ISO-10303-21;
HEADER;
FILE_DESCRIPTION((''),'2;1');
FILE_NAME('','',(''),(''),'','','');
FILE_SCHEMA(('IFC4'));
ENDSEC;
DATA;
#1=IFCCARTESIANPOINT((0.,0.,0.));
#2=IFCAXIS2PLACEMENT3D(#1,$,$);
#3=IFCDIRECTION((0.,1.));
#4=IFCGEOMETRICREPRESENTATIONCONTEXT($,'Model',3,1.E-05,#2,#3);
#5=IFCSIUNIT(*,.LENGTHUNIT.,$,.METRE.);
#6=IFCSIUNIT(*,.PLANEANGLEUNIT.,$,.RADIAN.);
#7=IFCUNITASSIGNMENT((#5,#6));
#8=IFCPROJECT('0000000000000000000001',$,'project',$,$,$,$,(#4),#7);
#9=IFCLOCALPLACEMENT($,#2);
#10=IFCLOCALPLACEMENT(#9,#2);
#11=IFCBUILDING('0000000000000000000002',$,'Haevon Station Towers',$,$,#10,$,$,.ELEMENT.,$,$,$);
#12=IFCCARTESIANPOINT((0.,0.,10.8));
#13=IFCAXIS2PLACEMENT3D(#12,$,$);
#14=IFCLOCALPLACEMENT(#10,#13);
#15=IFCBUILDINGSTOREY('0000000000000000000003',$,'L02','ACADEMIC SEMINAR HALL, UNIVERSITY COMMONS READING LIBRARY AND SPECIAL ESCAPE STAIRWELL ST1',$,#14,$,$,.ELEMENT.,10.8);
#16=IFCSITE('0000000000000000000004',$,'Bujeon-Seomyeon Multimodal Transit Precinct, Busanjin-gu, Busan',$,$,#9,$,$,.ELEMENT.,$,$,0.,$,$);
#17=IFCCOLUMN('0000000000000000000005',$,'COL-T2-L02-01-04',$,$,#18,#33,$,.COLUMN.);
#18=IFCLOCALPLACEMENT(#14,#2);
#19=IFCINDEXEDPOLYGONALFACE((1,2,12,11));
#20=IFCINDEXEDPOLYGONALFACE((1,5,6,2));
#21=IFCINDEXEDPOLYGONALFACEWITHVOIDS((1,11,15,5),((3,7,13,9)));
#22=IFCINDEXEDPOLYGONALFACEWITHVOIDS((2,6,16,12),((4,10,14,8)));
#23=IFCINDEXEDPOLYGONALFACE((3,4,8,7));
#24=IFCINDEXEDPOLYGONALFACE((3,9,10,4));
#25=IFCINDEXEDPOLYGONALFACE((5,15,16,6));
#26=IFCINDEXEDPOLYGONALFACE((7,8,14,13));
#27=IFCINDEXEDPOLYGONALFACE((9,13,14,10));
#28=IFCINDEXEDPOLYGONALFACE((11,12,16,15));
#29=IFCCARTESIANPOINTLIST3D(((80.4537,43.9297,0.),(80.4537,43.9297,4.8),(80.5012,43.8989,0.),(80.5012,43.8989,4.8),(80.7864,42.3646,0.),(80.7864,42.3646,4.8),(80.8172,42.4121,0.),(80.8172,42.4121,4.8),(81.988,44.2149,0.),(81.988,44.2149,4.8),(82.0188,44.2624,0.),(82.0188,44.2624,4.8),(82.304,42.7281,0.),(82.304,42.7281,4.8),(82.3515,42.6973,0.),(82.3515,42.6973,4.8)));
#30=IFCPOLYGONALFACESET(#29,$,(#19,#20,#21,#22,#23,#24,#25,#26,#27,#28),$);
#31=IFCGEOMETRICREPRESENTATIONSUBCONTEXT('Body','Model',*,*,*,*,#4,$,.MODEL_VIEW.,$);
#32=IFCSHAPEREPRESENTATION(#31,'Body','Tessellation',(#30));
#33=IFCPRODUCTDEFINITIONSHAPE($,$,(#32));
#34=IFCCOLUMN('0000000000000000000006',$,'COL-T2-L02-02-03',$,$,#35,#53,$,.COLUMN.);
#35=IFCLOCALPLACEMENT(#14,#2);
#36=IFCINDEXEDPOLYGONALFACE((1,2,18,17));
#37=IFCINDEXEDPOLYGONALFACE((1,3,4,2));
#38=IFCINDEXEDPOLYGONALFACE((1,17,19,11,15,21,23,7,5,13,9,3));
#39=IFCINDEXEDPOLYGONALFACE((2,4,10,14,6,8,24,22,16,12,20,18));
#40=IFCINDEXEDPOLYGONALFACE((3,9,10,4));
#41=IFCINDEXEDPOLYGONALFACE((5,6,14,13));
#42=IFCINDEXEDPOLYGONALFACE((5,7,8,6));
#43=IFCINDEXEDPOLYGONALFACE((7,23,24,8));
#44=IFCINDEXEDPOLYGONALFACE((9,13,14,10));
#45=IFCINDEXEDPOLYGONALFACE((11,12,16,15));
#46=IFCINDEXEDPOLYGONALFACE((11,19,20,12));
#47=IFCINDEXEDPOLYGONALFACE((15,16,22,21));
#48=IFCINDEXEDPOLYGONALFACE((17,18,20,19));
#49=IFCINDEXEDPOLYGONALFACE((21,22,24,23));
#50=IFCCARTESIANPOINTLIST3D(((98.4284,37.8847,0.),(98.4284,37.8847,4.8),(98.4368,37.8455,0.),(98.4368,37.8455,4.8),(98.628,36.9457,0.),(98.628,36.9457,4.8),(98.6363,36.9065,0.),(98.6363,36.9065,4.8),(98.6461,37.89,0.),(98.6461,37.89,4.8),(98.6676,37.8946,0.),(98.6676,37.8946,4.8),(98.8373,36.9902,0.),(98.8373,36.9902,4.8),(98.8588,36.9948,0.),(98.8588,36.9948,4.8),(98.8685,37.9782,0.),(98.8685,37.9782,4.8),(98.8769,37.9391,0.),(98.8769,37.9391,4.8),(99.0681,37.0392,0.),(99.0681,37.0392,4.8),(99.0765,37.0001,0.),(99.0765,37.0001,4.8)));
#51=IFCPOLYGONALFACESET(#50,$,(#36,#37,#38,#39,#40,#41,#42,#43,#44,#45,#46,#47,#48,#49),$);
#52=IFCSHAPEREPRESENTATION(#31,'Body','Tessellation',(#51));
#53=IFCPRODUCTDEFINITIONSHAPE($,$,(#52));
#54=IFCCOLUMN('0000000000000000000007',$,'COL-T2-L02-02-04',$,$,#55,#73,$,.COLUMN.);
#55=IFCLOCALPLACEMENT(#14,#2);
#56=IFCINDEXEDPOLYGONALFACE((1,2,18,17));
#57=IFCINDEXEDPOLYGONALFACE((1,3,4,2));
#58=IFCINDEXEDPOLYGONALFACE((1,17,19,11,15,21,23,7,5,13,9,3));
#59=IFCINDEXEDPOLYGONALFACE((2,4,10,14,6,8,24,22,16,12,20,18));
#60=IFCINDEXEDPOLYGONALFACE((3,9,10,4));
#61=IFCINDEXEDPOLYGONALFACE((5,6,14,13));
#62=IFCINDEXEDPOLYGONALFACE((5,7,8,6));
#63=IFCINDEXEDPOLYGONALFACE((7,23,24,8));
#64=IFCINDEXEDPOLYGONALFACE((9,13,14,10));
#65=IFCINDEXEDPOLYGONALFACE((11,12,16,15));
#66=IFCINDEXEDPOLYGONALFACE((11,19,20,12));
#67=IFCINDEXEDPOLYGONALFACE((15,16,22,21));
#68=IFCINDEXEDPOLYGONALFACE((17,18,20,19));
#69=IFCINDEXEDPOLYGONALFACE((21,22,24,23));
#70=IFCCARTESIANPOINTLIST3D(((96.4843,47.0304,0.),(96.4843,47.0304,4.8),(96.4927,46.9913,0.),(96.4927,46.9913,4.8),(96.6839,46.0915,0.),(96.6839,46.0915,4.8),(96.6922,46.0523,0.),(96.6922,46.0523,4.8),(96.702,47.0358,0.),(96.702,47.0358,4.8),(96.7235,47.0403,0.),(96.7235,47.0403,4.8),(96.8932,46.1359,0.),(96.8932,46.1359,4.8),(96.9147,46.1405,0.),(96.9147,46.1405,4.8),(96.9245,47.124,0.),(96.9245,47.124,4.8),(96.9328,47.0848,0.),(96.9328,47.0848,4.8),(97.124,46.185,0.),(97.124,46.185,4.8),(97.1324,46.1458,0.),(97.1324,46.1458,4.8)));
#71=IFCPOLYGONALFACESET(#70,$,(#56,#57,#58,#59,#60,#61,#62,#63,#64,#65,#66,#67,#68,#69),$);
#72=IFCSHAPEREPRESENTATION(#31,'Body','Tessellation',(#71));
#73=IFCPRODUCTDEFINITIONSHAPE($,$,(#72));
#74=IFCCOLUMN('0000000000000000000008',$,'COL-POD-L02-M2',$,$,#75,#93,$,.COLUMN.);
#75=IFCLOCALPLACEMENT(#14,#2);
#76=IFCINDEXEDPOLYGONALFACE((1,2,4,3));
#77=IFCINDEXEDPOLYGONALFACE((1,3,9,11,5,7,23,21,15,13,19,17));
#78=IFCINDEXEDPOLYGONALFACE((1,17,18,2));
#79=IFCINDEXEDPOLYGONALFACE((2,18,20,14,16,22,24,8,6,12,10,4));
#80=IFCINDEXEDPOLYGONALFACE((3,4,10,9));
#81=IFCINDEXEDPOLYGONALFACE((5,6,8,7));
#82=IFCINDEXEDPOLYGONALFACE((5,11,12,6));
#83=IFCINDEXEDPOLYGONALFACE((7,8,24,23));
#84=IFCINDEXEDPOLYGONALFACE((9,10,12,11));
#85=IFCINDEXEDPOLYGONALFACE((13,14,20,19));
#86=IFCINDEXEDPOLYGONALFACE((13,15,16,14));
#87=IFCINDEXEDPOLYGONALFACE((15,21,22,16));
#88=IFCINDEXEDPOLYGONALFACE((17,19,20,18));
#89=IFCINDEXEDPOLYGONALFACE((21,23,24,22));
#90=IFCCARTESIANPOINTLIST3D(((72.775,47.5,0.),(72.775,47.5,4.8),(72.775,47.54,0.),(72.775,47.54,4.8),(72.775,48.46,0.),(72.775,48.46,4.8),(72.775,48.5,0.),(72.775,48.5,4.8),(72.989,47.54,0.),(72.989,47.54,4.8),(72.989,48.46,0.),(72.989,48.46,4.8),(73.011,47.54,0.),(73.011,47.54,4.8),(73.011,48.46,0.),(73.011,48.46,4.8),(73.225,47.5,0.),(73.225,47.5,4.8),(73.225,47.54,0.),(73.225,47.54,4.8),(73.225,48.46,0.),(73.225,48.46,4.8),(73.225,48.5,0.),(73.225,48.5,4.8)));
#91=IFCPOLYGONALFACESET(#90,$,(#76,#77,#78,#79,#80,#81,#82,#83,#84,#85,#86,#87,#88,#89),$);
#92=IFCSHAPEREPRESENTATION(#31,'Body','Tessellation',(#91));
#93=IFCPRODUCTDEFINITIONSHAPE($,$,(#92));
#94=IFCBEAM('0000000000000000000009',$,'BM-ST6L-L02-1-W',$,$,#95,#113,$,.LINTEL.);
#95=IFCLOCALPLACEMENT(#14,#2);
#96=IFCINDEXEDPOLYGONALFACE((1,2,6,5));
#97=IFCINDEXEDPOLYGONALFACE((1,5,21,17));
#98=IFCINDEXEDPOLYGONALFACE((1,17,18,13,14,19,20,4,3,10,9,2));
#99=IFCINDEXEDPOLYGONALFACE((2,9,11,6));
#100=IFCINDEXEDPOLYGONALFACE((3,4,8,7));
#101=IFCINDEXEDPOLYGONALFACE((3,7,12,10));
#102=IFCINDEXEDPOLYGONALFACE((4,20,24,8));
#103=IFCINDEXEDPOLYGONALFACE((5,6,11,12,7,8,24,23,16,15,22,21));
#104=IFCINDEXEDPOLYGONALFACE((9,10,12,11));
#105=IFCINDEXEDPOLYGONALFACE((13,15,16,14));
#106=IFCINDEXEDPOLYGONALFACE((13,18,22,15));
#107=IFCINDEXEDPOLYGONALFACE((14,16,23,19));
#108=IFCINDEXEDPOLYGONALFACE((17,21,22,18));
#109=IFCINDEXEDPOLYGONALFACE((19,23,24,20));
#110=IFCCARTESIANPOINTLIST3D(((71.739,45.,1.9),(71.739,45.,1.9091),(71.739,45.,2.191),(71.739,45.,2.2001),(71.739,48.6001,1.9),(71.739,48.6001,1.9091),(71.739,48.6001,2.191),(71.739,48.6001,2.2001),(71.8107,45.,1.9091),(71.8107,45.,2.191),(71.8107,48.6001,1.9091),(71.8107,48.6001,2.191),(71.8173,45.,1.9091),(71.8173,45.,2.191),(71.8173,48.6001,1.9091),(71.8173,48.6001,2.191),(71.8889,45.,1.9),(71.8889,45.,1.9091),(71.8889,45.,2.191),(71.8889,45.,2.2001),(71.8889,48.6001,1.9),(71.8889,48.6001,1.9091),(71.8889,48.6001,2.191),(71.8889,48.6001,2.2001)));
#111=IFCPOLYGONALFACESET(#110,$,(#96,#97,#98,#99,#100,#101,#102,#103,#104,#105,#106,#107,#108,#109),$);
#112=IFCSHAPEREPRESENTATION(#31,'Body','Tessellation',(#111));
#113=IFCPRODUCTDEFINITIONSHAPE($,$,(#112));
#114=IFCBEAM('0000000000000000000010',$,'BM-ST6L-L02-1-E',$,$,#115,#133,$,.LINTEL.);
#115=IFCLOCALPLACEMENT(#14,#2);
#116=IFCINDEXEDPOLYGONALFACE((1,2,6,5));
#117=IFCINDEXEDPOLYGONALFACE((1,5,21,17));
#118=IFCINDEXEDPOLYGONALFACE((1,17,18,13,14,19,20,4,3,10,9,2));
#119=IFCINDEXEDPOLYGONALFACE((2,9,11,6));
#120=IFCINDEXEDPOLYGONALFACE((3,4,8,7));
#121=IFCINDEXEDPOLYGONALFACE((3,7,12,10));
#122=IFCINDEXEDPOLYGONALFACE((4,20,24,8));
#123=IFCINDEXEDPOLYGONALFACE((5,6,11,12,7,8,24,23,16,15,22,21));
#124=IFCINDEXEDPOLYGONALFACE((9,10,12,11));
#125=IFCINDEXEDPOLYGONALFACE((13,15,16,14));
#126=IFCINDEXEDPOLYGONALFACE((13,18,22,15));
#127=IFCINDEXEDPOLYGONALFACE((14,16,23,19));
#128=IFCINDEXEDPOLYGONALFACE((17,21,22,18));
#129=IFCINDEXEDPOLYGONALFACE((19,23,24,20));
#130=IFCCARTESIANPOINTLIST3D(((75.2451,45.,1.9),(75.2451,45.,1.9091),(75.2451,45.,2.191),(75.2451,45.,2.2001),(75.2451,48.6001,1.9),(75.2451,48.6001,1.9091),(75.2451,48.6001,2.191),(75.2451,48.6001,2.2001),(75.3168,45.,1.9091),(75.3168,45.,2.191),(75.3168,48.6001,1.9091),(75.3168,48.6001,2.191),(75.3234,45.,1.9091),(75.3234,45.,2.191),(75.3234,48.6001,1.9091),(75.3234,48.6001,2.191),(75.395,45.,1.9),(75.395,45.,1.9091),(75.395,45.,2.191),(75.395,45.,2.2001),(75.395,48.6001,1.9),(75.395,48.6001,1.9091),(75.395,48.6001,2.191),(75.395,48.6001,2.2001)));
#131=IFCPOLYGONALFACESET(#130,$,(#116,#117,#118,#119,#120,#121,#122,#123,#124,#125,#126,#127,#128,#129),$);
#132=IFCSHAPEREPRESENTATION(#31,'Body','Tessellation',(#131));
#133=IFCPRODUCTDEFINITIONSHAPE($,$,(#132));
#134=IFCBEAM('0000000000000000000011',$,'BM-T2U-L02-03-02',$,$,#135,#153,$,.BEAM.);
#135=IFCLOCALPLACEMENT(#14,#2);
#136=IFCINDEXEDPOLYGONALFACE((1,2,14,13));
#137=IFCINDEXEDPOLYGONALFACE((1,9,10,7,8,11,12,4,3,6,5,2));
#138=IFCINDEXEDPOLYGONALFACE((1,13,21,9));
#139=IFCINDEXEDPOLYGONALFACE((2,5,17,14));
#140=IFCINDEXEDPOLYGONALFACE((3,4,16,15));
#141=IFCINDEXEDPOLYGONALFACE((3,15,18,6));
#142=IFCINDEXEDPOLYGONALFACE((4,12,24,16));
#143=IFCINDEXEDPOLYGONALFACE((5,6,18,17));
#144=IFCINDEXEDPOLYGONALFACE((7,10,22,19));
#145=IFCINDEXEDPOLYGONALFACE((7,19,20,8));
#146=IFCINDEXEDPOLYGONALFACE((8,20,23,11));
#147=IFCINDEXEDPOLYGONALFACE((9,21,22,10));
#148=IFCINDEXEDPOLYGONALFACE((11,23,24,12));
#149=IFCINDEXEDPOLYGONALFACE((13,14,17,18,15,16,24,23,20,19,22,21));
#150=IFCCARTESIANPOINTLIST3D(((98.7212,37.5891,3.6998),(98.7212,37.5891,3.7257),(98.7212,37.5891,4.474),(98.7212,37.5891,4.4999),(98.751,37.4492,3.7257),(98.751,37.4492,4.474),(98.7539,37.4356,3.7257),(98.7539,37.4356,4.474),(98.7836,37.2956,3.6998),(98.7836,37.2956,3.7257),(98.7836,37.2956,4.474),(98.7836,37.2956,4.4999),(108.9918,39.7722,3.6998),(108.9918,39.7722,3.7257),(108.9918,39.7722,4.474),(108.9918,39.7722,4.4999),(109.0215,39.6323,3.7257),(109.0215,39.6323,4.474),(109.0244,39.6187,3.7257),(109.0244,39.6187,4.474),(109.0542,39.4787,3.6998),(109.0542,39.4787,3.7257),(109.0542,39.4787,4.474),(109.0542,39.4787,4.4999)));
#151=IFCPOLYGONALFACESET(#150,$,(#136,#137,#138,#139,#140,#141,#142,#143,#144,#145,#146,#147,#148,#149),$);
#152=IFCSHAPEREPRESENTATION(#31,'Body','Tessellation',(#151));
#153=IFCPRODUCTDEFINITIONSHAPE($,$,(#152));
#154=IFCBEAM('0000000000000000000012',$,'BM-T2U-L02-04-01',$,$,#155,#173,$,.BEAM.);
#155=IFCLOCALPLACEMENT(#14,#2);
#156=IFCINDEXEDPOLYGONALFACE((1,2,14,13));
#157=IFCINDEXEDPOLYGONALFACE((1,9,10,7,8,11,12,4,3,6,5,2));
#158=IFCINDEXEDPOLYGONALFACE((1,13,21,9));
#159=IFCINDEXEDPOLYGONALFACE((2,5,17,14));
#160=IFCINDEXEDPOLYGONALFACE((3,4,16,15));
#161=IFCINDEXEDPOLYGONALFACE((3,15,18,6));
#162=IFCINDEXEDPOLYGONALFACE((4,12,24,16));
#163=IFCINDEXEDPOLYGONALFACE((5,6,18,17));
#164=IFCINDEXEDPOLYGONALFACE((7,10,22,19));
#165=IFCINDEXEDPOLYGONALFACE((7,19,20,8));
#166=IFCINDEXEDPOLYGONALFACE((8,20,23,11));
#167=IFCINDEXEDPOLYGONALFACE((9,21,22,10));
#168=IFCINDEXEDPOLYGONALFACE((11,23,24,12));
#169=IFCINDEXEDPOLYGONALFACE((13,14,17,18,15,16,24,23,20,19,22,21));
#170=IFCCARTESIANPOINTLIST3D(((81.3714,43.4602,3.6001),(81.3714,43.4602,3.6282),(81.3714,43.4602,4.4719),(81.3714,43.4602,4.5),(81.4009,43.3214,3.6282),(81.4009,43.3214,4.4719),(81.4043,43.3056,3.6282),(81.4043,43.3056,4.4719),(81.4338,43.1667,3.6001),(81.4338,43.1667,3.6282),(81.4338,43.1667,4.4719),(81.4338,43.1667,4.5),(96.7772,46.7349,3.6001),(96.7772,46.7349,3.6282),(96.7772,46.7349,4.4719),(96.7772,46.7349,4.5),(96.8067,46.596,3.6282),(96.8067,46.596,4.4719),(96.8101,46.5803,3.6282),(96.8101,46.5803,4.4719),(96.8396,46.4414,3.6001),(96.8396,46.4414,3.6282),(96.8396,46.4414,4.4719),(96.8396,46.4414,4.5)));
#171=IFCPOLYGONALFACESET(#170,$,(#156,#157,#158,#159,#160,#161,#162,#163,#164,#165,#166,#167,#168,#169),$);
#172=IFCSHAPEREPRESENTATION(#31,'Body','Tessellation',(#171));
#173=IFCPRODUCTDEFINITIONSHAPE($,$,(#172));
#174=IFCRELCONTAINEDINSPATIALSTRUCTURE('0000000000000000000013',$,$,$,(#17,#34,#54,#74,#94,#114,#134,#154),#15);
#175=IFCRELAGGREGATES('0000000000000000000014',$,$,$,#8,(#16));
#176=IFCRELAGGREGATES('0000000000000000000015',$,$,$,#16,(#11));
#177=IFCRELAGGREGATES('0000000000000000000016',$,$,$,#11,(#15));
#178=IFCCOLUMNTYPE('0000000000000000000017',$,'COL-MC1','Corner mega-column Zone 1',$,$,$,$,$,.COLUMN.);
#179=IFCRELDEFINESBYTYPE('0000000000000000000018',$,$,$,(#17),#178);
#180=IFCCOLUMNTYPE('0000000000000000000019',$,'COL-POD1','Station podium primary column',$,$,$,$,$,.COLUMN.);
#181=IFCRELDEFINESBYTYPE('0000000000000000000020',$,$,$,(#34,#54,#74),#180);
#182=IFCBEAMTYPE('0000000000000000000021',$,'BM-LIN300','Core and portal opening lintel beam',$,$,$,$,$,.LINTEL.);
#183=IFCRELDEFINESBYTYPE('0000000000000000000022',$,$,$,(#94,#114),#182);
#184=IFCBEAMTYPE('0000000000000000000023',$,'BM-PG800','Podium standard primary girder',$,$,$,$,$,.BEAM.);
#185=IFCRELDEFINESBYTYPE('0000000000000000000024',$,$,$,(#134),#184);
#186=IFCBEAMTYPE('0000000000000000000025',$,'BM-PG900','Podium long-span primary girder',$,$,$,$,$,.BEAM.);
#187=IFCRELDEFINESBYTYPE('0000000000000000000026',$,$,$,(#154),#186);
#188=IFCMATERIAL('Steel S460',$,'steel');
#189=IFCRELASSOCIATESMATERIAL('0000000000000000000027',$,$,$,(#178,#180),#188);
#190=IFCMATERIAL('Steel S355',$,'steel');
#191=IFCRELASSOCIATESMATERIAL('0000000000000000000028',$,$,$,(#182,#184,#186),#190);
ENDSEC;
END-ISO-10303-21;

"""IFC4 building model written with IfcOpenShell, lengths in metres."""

from ifc_helpers import new_model, si_unit, direction, frame, origin, origin_2d, place, context, subcontext, project, spatial, hollow_rectangle, i_section, extrude, material, material_profile, profile_set, type_object, element, save


model = new_model("IFC4")

# Units and contexts
model_context = context("Model", 3, precision=1e-05, world=origin(), true_north=direction((0.0, 1.0)))
body_context = subcontext(model_context, "Body", "Model", "MODEL_VIEW")
ifc_project = project(units=[si_unit("LENGTHUNIT", "METRE"), si_unit("PLANEANGLEUNIT", "RADIAN")], contexts=[model_context])

# Site, building, storey
site_placement = place(None, origin())
site = spatial("IfcSite", under=ifc_project, at=site_placement, Name="Bujeon-Seomyeon Multimodal Transit Precinct, Busanjin-gu, Busan", CompositionType="ELEMENT", RefElevation=0.0)
building_placement = place(site_placement, origin())
building = spatial("IfcBuilding", under=site, at=building_placement, Name="Haevon Station Towers", CompositionType="ELEMENT")
storey_placement = place(building_placement, frame((0.0, 0.0, 10.8)))
storey = spatial("IfcBuildingStorey", under=building, at=storey_placement, Name="L02", Description="ACADEMIC SEMINAR HALL, UNIVERSITY COMMONS READING LIBRARY AND SPECIAL ESCAPE STAIRWELL ST1", CompositionType="ELEMENT", Elevation=10.8)

# Columns
ifc_material_1 = material(Name="Steel S460", Category="steel")
ifc_material_profile_1 = material_profile(ifc_material_1, hollow_rectangle(XDim=1.6001, YDim=1.6001, WallThickness=0.04, at=origin_2d()), Name="BOX-1600x1600x40")
ifc_profile_set_1 = profile_set([ifc_material_profile_1], Name="Steel S460")
column_type_1 = type_object("IfcColumnType", Name="COL-MC1", Description="Corner mega-column Zone 1", PredefinedType="COLUMN", material=ifc_profile_set_1)
column_placement = place(storey_placement, frame((81.4026, 43.3135, 0.0), z_axis=(0.0, 0.0, 1.0), x_axis=(0.978148, 0.207912, 0.0)))
element("IfcColumn", 1, at=column_placement, inside=storey, type_object=column_type_1, Name="COL-T2-L02-01-04", PredefinedType="COLUMN", context=body_context, shape_type="SweptSolid", body=[
    extrude(hollow_rectangle(XDim=1.6001, YDim=1.6001, WallThickness=0.04, at=origin_2d()), origin(), (0.0, 0.0, 1.0), 4.8),
])
ifc_material_profile_2 = material_profile(ifc_material_1, i_section(OverallWidth=0.45, OverallDepth=1.0, WebThickness=0.022, FlangeThickness=0.04, at=origin_2d()), Name="H-1000x450x22x40")
ifc_profile_set_2 = profile_set([ifc_material_profile_2], Name="Steel S460")
column_type_2 = type_object("IfcColumnType", Name="COL-POD1", Description="Station podium primary column", PredefinedType="COLUMN", material=ifc_profile_set_2)
for number, where, z_axis, x_axis, name in (
    (2, (98.7524, 37.4424, 0.0), (0.0, 0.0, 1.0), (0.978148, 0.207912, 0.0), "COL-T2-L02-02-03"),
    (3, (96.8083, 46.5881, 0.0), (0.0, 0.0, 1.0), (0.978148, 0.207912, 0.0), "COL-T2-L02-02-04"),
    (4, (73.0, 48.0, 0.0), (0.0, 0.0, 1.0), (1.0, 0.0, 0.0), "COL-POD-L02-M2"),
):
    element("IfcColumn", number, at=place(storey_placement, frame(where, z_axis=z_axis, x_axis=x_axis)), inside=storey, type_object=column_type_2, Name=name, PredefinedType="COLUMN", context=body_context, shape_type="SweptSolid", body=[
        extrude(i_section(OverallWidth=0.45, OverallDepth=1.0, WebThickness=0.022, FlangeThickness=0.04, at=origin_2d()), origin(), (0.0, 0.0, 1.0), 4.8),
    ])

# Beams
ifc_material_2 = material(Name="Steel S355", Category="steel")
ifc_material_profile_3 = material_profile(ifc_material_2, i_section(OverallWidth=0.1499, OverallDepth=0.3, WebThickness=0.0066, FlangeThickness=0.009, at=origin_2d()), Name="H-300x150x6.5x9")
ifc_profile_set_3 = profile_set([ifc_material_profile_3], Name="Steel S355")
beam_type_1 = type_object("IfcBeamType", Name="BM-LIN300", Description="Core and portal opening lintel beam", PredefinedType="LINTEL", material=ifc_profile_set_3)
for number, where, z_axis, x_axis, name in (
    (5, (71.814, 45.0, 2.05), (0.0, 1.0, 0.0), (-1.0, 0.0, 0.0), "BM-ST6L-L02-1-W"),
    (6, (75.3201, 45.0, 2.05), (0.0, 1.0, 0.0), (-1.0, 0.0, 0.0), "BM-ST6L-L02-1-E"),
):
    element("IfcBeam", number, at=place(storey_placement, frame(where, z_axis=z_axis, x_axis=x_axis)), inside=storey, type_object=beam_type_1, Name=name, PredefinedType="LINTEL", context=body_context, shape_type="SweptSolid", body=[
        extrude(i_section(OverallWidth=0.1499, OverallDepth=0.3, WebThickness=0.0066, FlangeThickness=0.009, at=origin_2d()), origin(), (0.0, 0.0, 1.0), 3.6001),
    ])
ifc_material_profile_4 = material_profile(ifc_material_2, i_section(OverallWidth=0.3, OverallDepth=0.8, WebThickness=0.0139, FlangeThickness=0.0259, at=origin_2d()), Name="H-800x300x14x26")
ifc_profile_set_4 = profile_set([ifc_material_profile_4], Name="Steel S355")
beam_type_2 = type_object("IfcBeamType", Name="BM-PG800", Description="Podium standard primary girder", PredefinedType="BEAM", material=ifc_profile_set_4)
beam_1_placement = place(storey_placement, frame((98.7524, 37.4424, 4.0999), z_axis=(0.978147, 0.207915, 0.0), x_axis=(-0.207915, 0.978147, 0.0)))
element("IfcBeam", 7, at=beam_1_placement, inside=storey, type_object=beam_type_2, Name="BM-T2U-L02-03-02", PredefinedType="BEAM", context=body_context, shape_type="SweptSolid", body=[
    extrude(i_section(OverallWidth=0.3, OverallDepth=0.8, WebThickness=0.0139, FlangeThickness=0.0259, at=origin_2d()), origin(), (0.0, 0.0, 1.0), 10.5),
])
ifc_material_profile_5 = material_profile(ifc_material_2, i_section(OverallWidth=0.3, OverallDepth=0.8999, WebThickness=0.0161, FlangeThickness=0.0281, at=origin_2d()), Name="H-900x300x16x28")
ifc_profile_set_5 = profile_set([ifc_material_profile_5], Name="Steel S355")
beam_type_3 = type_object("IfcBeamType", Name="BM-PG900", Description="Podium long-span primary girder", PredefinedType="BEAM", material=ifc_profile_set_5)
beam_2_placement = place(storey_placement, frame((81.4026, 43.3135, 4.05), z_axis=(0.978147, 0.207915, 0.0), x_axis=(-0.207915, 0.978147, 0.0)))
element("IfcBeam", 8, at=beam_2_placement, inside=storey, type_object=beam_type_3, Name="BM-T2U-L02-04-01", PredefinedType="BEAM", context=body_context, shape_type="SweptSolid", body=[
    extrude(i_section(OverallWidth=0.3, OverallDepth=0.8999, WebThickness=0.0161, FlangeThickness=0.0281, at=origin_2d()), origin(), (0.0, 0.0, 1.0), 15.75),
])

save(model, "model.ifc")
